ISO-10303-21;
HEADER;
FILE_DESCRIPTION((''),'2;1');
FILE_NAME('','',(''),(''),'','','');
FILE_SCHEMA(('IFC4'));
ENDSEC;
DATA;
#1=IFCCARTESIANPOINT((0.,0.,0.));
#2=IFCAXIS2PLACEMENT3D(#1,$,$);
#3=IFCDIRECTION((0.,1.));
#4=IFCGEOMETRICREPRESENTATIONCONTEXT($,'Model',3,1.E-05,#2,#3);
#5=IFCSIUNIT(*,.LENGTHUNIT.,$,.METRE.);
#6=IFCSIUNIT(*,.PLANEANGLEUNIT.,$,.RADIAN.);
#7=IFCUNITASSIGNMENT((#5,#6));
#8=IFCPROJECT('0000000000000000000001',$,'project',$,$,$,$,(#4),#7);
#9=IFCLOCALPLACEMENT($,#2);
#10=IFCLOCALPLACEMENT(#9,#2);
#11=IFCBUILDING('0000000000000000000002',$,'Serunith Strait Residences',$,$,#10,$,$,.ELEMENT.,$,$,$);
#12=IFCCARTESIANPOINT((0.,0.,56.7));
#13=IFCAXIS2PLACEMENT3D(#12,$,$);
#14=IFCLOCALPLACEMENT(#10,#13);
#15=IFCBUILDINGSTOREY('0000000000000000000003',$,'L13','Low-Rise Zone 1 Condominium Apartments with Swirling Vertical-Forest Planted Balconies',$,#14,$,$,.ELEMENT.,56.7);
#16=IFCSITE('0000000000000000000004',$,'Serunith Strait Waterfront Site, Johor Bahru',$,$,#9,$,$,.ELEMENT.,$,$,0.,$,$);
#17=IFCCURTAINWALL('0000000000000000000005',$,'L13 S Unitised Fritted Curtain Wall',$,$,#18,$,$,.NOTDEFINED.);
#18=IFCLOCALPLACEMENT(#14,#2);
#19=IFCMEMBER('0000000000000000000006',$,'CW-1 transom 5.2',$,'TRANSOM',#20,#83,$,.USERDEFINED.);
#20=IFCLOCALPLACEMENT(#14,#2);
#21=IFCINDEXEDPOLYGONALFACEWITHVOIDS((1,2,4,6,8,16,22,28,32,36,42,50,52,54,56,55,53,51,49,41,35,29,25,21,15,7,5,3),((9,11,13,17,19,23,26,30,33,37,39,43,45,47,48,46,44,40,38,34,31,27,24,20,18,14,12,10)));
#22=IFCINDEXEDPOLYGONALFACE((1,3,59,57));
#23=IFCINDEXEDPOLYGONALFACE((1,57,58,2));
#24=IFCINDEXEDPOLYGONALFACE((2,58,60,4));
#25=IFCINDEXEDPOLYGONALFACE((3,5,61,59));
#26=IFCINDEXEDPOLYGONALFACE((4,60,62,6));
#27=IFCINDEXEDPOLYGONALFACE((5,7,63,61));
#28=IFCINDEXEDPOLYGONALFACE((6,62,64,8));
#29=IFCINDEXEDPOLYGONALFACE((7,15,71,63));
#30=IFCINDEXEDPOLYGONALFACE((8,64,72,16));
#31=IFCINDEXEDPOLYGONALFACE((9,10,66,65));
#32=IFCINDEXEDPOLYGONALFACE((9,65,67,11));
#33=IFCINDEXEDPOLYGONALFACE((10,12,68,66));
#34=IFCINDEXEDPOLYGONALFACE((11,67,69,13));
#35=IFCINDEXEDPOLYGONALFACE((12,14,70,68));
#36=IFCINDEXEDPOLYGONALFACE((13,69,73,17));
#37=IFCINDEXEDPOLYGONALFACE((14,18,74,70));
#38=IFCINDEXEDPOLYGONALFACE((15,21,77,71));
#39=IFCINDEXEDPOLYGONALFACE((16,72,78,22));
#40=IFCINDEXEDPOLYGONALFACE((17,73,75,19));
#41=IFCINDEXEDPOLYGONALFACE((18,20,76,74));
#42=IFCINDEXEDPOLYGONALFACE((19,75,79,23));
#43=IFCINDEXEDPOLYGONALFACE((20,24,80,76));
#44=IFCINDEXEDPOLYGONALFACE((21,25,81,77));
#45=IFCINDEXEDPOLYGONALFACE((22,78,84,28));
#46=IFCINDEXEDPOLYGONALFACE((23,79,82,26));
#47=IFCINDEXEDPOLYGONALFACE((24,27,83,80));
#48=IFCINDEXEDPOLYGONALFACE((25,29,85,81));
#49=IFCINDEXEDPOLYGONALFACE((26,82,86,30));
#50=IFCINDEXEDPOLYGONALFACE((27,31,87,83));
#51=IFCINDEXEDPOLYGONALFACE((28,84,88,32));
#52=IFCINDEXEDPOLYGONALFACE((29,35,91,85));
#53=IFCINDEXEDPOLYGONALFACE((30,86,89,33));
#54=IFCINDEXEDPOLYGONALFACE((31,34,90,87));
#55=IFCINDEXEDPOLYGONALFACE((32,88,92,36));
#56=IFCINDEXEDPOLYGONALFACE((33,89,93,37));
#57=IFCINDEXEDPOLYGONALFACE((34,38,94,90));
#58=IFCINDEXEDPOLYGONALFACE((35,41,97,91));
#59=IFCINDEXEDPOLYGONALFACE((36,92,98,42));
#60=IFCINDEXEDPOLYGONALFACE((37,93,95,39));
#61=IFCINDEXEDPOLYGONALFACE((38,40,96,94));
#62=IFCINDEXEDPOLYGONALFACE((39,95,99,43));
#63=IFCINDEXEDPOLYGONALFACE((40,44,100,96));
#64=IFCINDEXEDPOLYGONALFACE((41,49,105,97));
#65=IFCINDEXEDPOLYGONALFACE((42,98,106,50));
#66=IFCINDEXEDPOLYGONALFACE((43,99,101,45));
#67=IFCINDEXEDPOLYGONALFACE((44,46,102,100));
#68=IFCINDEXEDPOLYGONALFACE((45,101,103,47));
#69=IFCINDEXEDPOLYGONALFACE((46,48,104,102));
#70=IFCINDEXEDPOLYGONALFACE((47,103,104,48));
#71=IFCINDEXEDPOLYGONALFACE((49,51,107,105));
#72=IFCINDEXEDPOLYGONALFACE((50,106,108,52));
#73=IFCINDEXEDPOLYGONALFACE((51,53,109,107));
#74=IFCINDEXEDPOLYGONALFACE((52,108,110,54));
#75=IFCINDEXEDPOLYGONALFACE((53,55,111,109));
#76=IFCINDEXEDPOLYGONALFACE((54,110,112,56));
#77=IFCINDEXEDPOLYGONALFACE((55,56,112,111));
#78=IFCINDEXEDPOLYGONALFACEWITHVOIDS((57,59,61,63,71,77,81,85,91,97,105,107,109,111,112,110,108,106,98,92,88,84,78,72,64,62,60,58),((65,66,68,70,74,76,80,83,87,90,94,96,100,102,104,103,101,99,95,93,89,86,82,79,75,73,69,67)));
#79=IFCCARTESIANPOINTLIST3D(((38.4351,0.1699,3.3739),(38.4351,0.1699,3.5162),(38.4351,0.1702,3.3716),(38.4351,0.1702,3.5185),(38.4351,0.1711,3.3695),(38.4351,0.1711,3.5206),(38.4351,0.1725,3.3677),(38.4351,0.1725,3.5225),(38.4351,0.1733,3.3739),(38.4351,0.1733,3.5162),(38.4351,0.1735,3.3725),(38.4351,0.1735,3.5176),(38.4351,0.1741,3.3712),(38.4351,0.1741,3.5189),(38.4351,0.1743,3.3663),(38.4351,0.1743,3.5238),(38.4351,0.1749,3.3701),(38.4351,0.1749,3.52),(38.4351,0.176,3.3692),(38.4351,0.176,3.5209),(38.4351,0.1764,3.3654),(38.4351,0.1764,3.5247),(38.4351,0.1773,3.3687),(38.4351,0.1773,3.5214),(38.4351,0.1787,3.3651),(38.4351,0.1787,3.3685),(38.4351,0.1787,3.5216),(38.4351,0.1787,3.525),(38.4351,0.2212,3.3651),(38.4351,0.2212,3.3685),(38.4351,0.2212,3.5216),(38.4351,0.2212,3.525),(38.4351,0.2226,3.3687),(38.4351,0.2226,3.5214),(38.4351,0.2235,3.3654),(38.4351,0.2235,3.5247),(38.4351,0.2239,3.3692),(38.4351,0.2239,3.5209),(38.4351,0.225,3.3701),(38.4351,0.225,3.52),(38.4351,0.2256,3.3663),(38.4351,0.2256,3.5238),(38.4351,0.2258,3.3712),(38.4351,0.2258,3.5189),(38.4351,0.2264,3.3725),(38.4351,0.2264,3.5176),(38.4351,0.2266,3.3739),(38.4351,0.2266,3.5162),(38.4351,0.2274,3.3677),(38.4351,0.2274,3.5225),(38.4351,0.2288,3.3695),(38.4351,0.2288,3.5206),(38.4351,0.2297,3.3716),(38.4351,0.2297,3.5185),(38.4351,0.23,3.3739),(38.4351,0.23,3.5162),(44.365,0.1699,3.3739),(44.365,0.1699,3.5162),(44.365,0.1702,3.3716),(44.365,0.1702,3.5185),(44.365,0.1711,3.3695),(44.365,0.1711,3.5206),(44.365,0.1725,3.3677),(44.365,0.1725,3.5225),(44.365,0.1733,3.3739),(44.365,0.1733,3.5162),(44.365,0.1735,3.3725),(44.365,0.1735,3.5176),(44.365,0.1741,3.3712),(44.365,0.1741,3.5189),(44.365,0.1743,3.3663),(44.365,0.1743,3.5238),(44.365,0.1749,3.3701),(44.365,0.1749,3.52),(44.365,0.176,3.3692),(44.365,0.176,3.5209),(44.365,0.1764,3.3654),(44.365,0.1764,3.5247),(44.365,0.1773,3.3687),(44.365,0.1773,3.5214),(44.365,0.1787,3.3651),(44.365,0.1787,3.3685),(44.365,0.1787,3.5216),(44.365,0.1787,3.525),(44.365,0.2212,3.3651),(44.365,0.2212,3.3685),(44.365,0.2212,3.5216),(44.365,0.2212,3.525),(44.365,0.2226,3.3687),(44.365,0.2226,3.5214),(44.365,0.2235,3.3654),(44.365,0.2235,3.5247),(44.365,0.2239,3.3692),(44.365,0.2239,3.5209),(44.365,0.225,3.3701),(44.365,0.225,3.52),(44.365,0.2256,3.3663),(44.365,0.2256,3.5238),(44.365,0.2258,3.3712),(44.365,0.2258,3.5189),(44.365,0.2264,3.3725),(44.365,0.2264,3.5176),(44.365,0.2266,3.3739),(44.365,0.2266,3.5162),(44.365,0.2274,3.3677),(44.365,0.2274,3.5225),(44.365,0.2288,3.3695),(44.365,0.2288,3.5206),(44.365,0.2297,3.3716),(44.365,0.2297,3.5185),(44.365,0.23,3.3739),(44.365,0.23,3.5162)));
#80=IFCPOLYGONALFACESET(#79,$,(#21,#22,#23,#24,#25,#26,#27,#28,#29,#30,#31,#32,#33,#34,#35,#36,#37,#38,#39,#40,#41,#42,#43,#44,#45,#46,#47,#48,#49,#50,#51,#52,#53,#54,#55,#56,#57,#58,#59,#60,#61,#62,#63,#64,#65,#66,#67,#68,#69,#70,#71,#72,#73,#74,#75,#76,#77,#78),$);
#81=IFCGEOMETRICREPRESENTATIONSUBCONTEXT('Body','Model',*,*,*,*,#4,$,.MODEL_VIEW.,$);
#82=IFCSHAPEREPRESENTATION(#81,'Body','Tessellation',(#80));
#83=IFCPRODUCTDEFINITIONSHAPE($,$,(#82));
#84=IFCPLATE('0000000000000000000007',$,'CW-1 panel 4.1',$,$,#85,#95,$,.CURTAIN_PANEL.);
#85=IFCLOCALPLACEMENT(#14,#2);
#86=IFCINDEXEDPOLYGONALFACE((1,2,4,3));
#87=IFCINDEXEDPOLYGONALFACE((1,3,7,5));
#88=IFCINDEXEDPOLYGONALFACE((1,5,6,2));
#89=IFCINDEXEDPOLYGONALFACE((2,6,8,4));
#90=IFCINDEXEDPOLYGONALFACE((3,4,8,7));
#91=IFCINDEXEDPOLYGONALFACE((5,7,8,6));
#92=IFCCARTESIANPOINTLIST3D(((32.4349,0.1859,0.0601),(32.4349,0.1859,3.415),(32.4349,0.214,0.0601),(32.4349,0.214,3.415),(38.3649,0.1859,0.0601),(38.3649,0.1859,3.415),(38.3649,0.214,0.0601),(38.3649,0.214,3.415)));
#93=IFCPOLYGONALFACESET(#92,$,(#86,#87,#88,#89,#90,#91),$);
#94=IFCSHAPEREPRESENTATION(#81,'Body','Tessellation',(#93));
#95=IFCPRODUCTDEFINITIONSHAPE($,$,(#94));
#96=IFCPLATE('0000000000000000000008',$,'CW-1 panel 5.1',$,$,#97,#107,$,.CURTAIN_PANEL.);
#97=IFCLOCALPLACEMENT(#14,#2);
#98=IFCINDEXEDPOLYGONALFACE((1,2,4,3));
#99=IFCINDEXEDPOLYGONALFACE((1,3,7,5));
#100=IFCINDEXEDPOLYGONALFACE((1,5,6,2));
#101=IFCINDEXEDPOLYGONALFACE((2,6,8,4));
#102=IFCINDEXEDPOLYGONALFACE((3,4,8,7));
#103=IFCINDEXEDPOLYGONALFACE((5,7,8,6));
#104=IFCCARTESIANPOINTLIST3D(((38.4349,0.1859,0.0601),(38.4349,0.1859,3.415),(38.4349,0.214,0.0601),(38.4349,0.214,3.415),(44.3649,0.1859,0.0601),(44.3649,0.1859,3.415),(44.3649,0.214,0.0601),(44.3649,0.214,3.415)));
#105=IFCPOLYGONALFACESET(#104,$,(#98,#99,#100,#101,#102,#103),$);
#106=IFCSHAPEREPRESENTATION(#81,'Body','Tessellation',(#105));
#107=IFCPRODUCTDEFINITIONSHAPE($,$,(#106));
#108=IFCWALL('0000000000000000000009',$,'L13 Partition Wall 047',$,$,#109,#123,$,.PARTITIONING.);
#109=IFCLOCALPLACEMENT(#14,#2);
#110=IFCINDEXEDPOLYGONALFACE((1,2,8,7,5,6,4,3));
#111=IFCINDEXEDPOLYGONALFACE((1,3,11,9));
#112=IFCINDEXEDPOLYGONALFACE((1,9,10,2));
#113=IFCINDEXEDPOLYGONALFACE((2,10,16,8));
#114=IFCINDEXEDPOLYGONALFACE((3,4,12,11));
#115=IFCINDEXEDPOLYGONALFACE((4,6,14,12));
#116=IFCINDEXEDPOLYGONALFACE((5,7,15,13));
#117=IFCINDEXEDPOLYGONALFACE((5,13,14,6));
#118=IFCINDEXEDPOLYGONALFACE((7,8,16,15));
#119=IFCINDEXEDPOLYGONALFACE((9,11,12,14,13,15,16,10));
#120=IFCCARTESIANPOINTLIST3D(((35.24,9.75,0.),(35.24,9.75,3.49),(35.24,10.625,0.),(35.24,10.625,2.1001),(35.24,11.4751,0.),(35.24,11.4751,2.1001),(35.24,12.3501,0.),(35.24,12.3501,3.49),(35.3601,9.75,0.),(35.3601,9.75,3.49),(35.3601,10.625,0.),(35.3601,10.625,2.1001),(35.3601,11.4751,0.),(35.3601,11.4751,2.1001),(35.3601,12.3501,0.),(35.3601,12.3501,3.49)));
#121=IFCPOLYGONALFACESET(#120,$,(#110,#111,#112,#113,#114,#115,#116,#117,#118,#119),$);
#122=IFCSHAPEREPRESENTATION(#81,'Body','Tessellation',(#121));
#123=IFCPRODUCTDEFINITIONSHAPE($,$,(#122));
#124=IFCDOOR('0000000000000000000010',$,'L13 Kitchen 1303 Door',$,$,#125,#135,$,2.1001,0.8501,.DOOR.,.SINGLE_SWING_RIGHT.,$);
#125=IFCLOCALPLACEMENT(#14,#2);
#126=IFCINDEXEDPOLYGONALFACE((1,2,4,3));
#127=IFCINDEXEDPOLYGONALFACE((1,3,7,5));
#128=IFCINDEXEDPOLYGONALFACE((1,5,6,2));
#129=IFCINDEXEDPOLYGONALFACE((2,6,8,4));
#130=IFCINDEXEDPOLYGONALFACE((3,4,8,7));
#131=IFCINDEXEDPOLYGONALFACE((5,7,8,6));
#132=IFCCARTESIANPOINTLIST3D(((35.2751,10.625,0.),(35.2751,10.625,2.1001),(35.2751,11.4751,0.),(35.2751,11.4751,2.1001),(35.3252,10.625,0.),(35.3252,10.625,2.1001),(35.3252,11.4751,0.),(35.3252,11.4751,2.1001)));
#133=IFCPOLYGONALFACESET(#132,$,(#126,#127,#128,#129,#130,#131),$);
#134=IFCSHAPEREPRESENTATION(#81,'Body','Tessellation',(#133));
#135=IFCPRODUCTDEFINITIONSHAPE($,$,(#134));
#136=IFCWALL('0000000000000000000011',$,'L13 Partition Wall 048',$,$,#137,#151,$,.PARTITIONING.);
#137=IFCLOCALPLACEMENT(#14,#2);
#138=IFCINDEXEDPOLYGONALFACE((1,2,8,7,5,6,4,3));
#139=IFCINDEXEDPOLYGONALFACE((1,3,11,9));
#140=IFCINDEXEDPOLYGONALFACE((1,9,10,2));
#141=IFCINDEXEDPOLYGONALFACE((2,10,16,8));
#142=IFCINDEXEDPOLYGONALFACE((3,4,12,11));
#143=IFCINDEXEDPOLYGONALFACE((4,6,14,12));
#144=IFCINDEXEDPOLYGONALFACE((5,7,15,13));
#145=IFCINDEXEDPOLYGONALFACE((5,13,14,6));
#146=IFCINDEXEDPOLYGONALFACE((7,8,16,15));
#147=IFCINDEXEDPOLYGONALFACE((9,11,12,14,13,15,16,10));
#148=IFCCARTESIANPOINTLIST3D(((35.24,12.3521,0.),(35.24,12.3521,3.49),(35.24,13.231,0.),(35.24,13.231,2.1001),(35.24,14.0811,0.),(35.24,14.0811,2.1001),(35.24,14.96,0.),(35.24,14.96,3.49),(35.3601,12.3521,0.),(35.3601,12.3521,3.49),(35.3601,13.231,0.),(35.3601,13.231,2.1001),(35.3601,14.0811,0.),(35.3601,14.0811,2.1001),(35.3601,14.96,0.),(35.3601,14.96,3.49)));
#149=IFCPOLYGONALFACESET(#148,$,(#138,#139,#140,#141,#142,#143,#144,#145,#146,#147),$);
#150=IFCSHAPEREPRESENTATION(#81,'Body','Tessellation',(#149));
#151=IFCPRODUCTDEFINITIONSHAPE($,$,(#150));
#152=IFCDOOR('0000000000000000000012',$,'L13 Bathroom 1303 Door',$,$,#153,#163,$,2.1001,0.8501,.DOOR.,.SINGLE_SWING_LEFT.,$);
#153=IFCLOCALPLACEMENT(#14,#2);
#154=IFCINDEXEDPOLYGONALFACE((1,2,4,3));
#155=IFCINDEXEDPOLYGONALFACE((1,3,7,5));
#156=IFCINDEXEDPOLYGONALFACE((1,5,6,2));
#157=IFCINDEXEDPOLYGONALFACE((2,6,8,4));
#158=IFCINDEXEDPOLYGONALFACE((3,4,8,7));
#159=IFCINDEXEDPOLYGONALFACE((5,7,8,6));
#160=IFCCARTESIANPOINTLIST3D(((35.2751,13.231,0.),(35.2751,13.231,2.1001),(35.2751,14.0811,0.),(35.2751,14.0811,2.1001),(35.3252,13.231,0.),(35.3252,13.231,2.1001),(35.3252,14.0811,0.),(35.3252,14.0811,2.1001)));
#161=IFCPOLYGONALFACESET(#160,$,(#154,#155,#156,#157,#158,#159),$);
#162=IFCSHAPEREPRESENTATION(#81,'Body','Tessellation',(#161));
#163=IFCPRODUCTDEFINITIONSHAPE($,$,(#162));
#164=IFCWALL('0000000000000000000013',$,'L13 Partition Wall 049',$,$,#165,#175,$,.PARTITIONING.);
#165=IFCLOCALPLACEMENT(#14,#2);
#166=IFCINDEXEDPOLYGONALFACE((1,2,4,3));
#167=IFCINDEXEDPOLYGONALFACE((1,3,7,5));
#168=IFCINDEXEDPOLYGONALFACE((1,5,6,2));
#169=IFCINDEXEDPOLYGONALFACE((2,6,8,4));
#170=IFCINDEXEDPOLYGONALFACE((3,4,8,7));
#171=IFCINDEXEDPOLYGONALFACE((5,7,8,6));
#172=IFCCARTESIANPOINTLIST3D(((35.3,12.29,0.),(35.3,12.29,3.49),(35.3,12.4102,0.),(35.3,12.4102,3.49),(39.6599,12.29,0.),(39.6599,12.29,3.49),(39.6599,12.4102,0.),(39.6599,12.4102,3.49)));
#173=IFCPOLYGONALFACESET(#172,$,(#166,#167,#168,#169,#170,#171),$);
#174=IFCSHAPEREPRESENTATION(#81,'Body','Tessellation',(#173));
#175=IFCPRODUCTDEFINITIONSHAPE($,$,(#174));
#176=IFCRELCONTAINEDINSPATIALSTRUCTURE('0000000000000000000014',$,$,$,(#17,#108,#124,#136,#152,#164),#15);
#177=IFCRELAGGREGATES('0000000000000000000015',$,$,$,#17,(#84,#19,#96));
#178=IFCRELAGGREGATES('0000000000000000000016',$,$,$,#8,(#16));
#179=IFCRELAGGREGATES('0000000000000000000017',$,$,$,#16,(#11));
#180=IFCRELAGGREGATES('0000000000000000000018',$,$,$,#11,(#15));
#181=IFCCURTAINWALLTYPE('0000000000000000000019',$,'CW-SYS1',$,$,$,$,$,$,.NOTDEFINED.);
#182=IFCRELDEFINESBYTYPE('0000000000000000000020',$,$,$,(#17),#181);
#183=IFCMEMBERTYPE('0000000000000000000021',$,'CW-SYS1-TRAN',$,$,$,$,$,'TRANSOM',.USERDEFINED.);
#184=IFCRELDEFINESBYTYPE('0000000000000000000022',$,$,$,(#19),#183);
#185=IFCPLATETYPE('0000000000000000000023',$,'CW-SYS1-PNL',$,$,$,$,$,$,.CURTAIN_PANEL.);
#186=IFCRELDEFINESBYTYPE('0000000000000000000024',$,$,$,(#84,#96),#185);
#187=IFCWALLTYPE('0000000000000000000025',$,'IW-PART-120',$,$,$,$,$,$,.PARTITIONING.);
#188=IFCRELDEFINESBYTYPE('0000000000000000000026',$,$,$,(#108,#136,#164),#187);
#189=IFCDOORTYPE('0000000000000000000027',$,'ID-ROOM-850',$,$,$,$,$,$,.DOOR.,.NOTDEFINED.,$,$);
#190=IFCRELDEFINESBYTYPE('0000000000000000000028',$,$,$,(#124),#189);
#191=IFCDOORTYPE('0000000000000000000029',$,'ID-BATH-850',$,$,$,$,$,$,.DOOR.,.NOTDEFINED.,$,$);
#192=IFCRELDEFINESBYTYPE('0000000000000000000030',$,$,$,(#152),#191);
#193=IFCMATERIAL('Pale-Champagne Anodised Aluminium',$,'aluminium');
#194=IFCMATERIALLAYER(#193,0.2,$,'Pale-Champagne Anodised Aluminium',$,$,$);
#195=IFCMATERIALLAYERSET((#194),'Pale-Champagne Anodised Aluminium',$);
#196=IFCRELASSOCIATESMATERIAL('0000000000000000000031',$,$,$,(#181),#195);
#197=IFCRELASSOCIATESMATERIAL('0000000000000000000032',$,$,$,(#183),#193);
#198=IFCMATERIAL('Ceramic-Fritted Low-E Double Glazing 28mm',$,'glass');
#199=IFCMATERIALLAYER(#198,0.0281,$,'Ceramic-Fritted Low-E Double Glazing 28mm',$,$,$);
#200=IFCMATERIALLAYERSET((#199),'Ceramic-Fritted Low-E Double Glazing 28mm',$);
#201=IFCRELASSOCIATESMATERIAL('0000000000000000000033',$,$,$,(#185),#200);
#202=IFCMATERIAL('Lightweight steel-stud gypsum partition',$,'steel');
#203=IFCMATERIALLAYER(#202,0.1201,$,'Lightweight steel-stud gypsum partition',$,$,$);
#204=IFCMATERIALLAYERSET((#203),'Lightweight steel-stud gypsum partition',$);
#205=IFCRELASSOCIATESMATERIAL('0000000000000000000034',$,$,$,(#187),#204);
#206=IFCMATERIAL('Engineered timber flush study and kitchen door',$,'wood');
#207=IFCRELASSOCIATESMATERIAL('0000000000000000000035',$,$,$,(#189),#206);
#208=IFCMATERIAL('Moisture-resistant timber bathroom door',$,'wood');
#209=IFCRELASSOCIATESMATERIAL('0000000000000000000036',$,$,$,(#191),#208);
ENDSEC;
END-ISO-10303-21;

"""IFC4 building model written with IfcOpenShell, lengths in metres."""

from ifc_helpers import new_model, si_unit, direction, frame, frame_2d, origin, origin_2d, place, context, subcontext, project, spatial, rectangle, hollow_rectangle, extrude, source, transform, mapped, material, layer, layer_set, material_profile, profile_set, type_object, element, fill, aggregate, save


model = new_model("IFC4")

# Units and contexts
model_context = context("Model", 3, precision=1e-05, world=origin(), true_north=direction((0.0, 1.0)))
body_context = subcontext(model_context, "Body", "Model", "MODEL_VIEW")
ifc_project = project(units=[si_unit("LENGTHUNIT", "METRE"), si_unit("PLANEANGLEUNIT", "RADIAN")], contexts=[model_context])

# Site, building, storey
site_placement = place(None, origin())
site = spatial("IfcSite", under=ifc_project, at=site_placement, Name="Serunith Strait Waterfront Site, Johor Bahru", CompositionType="ELEMENT", RefElevation=0.0)
building_placement = place(site_placement, origin())
building = spatial("IfcBuilding", under=site, at=building_placement, Name="Serunith Strait Residences", CompositionType="ELEMENT")
storey_placement = place(building_placement, frame((0.0, 0.0, 56.7)))
storey = spatial("IfcBuildingStorey", under=building, at=storey_placement, Name="L13", Description="Low-Rise Zone 1 Condominium Apartments with Swirling Vertical-Forest Planted Balconies", CompositionType="ELEMENT", Elevation=56.7)

# Curtain wall, member, plates
ifc_material_1 = material(Name="Pale-Champagne Anodised Aluminium", Category="aluminium")
ifc_layer_1 = layer(ifc_material_1, 0.2, Name="Pale-Champagne Anodised Aluminium")
ifc_layer_set_1 = layer_set([ifc_layer_1], Name="Pale-Champagne Anodised Aluminium")
curtain_wall_type = type_object("IfcCurtainWallType", Name="CW-SYS1", PredefinedType="NOTDEFINED", material=ifc_layer_set_1)
curtain_wall_placement = place(storey_placement, origin())
curtain_wall = element("IfcCurtainWall", 1, at=curtain_wall_placement, inside=storey, type_object=curtain_wall_type, Name="L13 S Unitised Fritted Curtain Wall", PredefinedType="NOTDEFINED")
ifc_material_profile_1 = material_profile(ifc_material_1, hollow_rectangle(XDim=0.0601, YDim=0.1599, WallThickness=0.0034, InnerFilletRadius=0.0054, OuterFilletRadius=0.0088, at=origin_2d()), Name="ALU 160x60x3.5")
ifc_profile_set_1 = profile_set([ifc_material_profile_1], Name="Pale-Champagne Anodised Aluminium")
member_type_1 = type_object("IfcMemberType", Name="CW-SYS1-TRAN", ElementType="TRANSOM", PredefinedType="USERDEFINED", material=ifc_profile_set_1)
shared_shape_1 = source(origin(), body_context, "Body", "SweptSolid", [
    extrude(hollow_rectangle(XDim=0.0601, YDim=0.1599, WallThickness=0.0034, InnerFilletRadius=0.0054, OuterFilletRadius=0.0088, at=origin_2d()), origin(), (0.0, 0.0, 1.0), 5.9299),
])
member_1_placement = place(storey_placement, frame((38.4351, 0.2, 3.4451), z_axis=(1.0, 0.0, 0.0), x_axis=(0.0, 1.0, 0.0)))
member_1 = element("IfcMember", 2, at=member_1_placement, type_object=member_type_1, Name="CW-1 transom 5.2", ObjectType="TRANSOM", PredefinedType="USERDEFINED", context=body_context, shape_type="MappedRepresentation", body=[
    mapped(shared_shape_1, transform((0.0, 0.0, 0.0), scale=1.0)),
])
ifc_material_2 = material(Name="Ceramic-Fritted Low-E Double Glazing 28mm", Category="glass")
ifc_layer_2 = layer(ifc_material_2, 0.0281, Name="Ceramic-Fritted Low-E Double Glazing 28mm")
ifc_layer_set_2 = layer_set([ifc_layer_2], Name="Ceramic-Fritted Low-E Double Glazing 28mm")
plate_type = type_object("IfcPlateType", Name="CW-SYS1-PNL", PredefinedType="CURTAIN_PANEL", material=ifc_layer_set_2)
shared_shape_2 = source(origin(), body_context, "Body", "SweptSolid", [
    extrude(rectangle(XDim=5.9299, YDim=0.0281, at=origin_2d()), origin(), (0.0, 0.0, 1.0), 3.355),
])
plate_1_placement = place(storey_placement, frame((35.3999, 0.2, 0.0601), z_axis=(0.0, 0.0, 1.0), x_axis=(1.0, 0.0, 0.0)))
plate_1 = element("IfcPlate", 3, at=plate_1_placement, type_object=plate_type, Name="CW-1 panel 4.1", PredefinedType="CURTAIN_PANEL", context=body_context, shape_type="MappedRepresentation", body=[
    mapped(shared_shape_2, transform((0.0, 0.0, 0.0), scale=1.0)),
])
plate_2_placement = place(storey_placement, frame((41.3999, 0.2, 0.0601), z_axis=(0.0, 0.0, 1.0), x_axis=(1.0, 0.0, 0.0)))
plate_2 = element("IfcPlate", 4, at=plate_2_placement, type_object=plate_type, Name="CW-1 panel 5.1", PredefinedType="CURTAIN_PANEL", context=body_context, shape_type="MappedRepresentation", body=[
    mapped(shared_shape_2, transform((0.0, 0.0, 0.0), scale=1.0)),
])
aggregate(curtain_wall, [plate_1, member_1, plate_2])

# Walls, openings, doors
ifc_material_3 = material(Name="Lightweight steel-stud gypsum partition", Category="steel")
ifc_layer_3 = layer(ifc_material_3, 0.1201, Name="Lightweight steel-stud gypsum partition")
ifc_layer_set_3 = layer_set([ifc_layer_3], Name="Lightweight steel-stud gypsum partition")
wall_type_1 = type_object("IfcWallType", Name="IW-PART-120", PredefinedType="PARTITIONING", material=ifc_layer_set_3)
wall_1_placement = place(storey_placement, frame((35.3, 9.75, 0.0), z_axis=(0.0, 0.0, 1.0), x_axis=(0.0, 1.0, 0.0)))
wall_1 = element("IfcWall", 5, at=wall_1_placement, inside=storey, type_object=wall_type_1, Name="L13 Partition Wall 047", PredefinedType="PARTITIONING", context=body_context, shape_type="SweptSolid", body=[
    extrude(rectangle(XDim=2.6001, YDim=0.1201, at=frame_2d((1.3, 0.0))), origin(), (0.0, 0.0, 1.0), 3.49),
])
opening_1_placement = place(wall_1_placement, frame((0.875, 0.0, 0.0)))
opening_1 = element("IfcOpeningElement", 6, at=opening_1_placement, cuts=wall_1, PredefinedType="OPENING", context=body_context, shape_type="SweptSolid", body=[
    extrude(rectangle(XDim=0.8501, YDim=2.1001, at=frame_2d((0.425, 1.05))), frame((0.0, 0.0701, 0.0), z_axis=(0.0, -1.0, 0.0), x_axis=(1.0, 0.0, 0.0)), (0.0, 0.0, 1.0), 0.1401),
])
ifc_material_4 = material(Name="Engineered timber flush study and kitchen door", Category="wood")
door_type_1 = type_object("IfcDoorType", Name="ID-ROOM-850", OperationType="NOTDEFINED", PredefinedType="DOOR", material=ifc_material_4)
shared_shape_3 = source(origin(), body_context, "Body", "SweptSolid", [
    extrude(rectangle(XDim=0.8501, YDim=2.1001, at=frame_2d((0.425, 1.05))), frame((0.0, 0.0249, 0.0), z_axis=(0.0, -1.0, 0.0), x_axis=(1.0, 0.0, 0.0)), (0.0, 0.0, 1.0), 0.05),
])
door_1_placement = place(opening_1_placement, origin())
door_1 = element("IfcDoor", 7, at=door_1_placement, inside=storey, type_object=door_type_1, Name="L13 Kitchen 1303 Door", OperationType="SINGLE_SWING_RIGHT", OverallHeight=2.1001, OverallWidth=0.8501, PredefinedType="DOOR", context=body_context, shape_type="MappedRepresentation", body=[
    mapped(shared_shape_3, transform((0.0, 0.0, 0.0), scale=1.0)),
])
fill(opening_1, door_1)
wall_2_placement = place(storey_placement, frame((35.3, 12.3521, 0.0), z_axis=(0.0, 0.0, 1.0), x_axis=(0.0, 1.0, 0.0)))
wall_2 = element("IfcWall", 8, at=wall_2_placement, inside=storey, type_object=wall_type_1, Name="L13 Partition Wall 048", PredefinedType="PARTITIONING", context=body_context, shape_type="SweptSolid", body=[
    extrude(rectangle(XDim=2.6079, YDim=0.1201, at=frame_2d((1.304, 0.0))), origin(), (0.0, 0.0, 1.0), 3.49),
])
opening_2_placement = place(wall_2_placement, frame((0.8789, 0.0, 0.0)))
opening_2 = element("IfcOpeningElement", 9, at=opening_2_placement, cuts=wall_2, PredefinedType="OPENING", context=body_context, shape_type="SweptSolid", body=[
    extrude(rectangle(XDim=0.8501, YDim=2.1001, at=frame_2d((0.425, 1.05))), frame((0.0, 0.0701, 0.0), z_axis=(0.0, -1.0, 0.0), x_axis=(1.0, 0.0, 0.0)), (0.0, 0.0, 1.0), 0.1401),
])
ifc_material_5 = material(Name="Moisture-resistant timber bathroom door", Category="wood")
door_type_2 = type_object("IfcDoorType", Name="ID-BATH-850", OperationType="NOTDEFINED", PredefinedType="DOOR", material=ifc_material_5)
door_2_placement = place(opening_2_placement, origin())
door_2 = element("IfcDoor", 10, at=door_2_placement, inside=storey, type_object=door_type_2, Name="L13 Bathroom 1303 Door", OperationType="SINGLE_SWING_LEFT", OverallHeight=2.1001, OverallWidth=0.8501, PredefinedType="DOOR", context=body_context, shape_type="MappedRepresentation", body=[
    mapped(shared_shape_3, transform((0.0, 0.0, 0.0), scale=1.0)),
])
fill(opening_2, door_2)

# Wall
for number, where, z_axis, x_axis, name in (
    (11, (35.3, 12.3501, 0.0), (0.0, 0.0, 1.0), (1.0, 0.0, 0.0), "L13 Partition Wall 049"),
):
    element("IfcWall", number, at=place(storey_placement, frame(where, z_axis=z_axis, x_axis=x_axis)), inside=storey, type_object=wall_type_1, Name=name, PredefinedType="PARTITIONING", context=body_context, shape_type="SweptSolid", body=[
        extrude(rectangle(XDim=4.3599, YDim=0.1201, at=frame_2d((2.1799, 0.0))), origin(), (0.0, 0.0, 1.0), 3.49),
    ])

save(model, "model.ifc")
